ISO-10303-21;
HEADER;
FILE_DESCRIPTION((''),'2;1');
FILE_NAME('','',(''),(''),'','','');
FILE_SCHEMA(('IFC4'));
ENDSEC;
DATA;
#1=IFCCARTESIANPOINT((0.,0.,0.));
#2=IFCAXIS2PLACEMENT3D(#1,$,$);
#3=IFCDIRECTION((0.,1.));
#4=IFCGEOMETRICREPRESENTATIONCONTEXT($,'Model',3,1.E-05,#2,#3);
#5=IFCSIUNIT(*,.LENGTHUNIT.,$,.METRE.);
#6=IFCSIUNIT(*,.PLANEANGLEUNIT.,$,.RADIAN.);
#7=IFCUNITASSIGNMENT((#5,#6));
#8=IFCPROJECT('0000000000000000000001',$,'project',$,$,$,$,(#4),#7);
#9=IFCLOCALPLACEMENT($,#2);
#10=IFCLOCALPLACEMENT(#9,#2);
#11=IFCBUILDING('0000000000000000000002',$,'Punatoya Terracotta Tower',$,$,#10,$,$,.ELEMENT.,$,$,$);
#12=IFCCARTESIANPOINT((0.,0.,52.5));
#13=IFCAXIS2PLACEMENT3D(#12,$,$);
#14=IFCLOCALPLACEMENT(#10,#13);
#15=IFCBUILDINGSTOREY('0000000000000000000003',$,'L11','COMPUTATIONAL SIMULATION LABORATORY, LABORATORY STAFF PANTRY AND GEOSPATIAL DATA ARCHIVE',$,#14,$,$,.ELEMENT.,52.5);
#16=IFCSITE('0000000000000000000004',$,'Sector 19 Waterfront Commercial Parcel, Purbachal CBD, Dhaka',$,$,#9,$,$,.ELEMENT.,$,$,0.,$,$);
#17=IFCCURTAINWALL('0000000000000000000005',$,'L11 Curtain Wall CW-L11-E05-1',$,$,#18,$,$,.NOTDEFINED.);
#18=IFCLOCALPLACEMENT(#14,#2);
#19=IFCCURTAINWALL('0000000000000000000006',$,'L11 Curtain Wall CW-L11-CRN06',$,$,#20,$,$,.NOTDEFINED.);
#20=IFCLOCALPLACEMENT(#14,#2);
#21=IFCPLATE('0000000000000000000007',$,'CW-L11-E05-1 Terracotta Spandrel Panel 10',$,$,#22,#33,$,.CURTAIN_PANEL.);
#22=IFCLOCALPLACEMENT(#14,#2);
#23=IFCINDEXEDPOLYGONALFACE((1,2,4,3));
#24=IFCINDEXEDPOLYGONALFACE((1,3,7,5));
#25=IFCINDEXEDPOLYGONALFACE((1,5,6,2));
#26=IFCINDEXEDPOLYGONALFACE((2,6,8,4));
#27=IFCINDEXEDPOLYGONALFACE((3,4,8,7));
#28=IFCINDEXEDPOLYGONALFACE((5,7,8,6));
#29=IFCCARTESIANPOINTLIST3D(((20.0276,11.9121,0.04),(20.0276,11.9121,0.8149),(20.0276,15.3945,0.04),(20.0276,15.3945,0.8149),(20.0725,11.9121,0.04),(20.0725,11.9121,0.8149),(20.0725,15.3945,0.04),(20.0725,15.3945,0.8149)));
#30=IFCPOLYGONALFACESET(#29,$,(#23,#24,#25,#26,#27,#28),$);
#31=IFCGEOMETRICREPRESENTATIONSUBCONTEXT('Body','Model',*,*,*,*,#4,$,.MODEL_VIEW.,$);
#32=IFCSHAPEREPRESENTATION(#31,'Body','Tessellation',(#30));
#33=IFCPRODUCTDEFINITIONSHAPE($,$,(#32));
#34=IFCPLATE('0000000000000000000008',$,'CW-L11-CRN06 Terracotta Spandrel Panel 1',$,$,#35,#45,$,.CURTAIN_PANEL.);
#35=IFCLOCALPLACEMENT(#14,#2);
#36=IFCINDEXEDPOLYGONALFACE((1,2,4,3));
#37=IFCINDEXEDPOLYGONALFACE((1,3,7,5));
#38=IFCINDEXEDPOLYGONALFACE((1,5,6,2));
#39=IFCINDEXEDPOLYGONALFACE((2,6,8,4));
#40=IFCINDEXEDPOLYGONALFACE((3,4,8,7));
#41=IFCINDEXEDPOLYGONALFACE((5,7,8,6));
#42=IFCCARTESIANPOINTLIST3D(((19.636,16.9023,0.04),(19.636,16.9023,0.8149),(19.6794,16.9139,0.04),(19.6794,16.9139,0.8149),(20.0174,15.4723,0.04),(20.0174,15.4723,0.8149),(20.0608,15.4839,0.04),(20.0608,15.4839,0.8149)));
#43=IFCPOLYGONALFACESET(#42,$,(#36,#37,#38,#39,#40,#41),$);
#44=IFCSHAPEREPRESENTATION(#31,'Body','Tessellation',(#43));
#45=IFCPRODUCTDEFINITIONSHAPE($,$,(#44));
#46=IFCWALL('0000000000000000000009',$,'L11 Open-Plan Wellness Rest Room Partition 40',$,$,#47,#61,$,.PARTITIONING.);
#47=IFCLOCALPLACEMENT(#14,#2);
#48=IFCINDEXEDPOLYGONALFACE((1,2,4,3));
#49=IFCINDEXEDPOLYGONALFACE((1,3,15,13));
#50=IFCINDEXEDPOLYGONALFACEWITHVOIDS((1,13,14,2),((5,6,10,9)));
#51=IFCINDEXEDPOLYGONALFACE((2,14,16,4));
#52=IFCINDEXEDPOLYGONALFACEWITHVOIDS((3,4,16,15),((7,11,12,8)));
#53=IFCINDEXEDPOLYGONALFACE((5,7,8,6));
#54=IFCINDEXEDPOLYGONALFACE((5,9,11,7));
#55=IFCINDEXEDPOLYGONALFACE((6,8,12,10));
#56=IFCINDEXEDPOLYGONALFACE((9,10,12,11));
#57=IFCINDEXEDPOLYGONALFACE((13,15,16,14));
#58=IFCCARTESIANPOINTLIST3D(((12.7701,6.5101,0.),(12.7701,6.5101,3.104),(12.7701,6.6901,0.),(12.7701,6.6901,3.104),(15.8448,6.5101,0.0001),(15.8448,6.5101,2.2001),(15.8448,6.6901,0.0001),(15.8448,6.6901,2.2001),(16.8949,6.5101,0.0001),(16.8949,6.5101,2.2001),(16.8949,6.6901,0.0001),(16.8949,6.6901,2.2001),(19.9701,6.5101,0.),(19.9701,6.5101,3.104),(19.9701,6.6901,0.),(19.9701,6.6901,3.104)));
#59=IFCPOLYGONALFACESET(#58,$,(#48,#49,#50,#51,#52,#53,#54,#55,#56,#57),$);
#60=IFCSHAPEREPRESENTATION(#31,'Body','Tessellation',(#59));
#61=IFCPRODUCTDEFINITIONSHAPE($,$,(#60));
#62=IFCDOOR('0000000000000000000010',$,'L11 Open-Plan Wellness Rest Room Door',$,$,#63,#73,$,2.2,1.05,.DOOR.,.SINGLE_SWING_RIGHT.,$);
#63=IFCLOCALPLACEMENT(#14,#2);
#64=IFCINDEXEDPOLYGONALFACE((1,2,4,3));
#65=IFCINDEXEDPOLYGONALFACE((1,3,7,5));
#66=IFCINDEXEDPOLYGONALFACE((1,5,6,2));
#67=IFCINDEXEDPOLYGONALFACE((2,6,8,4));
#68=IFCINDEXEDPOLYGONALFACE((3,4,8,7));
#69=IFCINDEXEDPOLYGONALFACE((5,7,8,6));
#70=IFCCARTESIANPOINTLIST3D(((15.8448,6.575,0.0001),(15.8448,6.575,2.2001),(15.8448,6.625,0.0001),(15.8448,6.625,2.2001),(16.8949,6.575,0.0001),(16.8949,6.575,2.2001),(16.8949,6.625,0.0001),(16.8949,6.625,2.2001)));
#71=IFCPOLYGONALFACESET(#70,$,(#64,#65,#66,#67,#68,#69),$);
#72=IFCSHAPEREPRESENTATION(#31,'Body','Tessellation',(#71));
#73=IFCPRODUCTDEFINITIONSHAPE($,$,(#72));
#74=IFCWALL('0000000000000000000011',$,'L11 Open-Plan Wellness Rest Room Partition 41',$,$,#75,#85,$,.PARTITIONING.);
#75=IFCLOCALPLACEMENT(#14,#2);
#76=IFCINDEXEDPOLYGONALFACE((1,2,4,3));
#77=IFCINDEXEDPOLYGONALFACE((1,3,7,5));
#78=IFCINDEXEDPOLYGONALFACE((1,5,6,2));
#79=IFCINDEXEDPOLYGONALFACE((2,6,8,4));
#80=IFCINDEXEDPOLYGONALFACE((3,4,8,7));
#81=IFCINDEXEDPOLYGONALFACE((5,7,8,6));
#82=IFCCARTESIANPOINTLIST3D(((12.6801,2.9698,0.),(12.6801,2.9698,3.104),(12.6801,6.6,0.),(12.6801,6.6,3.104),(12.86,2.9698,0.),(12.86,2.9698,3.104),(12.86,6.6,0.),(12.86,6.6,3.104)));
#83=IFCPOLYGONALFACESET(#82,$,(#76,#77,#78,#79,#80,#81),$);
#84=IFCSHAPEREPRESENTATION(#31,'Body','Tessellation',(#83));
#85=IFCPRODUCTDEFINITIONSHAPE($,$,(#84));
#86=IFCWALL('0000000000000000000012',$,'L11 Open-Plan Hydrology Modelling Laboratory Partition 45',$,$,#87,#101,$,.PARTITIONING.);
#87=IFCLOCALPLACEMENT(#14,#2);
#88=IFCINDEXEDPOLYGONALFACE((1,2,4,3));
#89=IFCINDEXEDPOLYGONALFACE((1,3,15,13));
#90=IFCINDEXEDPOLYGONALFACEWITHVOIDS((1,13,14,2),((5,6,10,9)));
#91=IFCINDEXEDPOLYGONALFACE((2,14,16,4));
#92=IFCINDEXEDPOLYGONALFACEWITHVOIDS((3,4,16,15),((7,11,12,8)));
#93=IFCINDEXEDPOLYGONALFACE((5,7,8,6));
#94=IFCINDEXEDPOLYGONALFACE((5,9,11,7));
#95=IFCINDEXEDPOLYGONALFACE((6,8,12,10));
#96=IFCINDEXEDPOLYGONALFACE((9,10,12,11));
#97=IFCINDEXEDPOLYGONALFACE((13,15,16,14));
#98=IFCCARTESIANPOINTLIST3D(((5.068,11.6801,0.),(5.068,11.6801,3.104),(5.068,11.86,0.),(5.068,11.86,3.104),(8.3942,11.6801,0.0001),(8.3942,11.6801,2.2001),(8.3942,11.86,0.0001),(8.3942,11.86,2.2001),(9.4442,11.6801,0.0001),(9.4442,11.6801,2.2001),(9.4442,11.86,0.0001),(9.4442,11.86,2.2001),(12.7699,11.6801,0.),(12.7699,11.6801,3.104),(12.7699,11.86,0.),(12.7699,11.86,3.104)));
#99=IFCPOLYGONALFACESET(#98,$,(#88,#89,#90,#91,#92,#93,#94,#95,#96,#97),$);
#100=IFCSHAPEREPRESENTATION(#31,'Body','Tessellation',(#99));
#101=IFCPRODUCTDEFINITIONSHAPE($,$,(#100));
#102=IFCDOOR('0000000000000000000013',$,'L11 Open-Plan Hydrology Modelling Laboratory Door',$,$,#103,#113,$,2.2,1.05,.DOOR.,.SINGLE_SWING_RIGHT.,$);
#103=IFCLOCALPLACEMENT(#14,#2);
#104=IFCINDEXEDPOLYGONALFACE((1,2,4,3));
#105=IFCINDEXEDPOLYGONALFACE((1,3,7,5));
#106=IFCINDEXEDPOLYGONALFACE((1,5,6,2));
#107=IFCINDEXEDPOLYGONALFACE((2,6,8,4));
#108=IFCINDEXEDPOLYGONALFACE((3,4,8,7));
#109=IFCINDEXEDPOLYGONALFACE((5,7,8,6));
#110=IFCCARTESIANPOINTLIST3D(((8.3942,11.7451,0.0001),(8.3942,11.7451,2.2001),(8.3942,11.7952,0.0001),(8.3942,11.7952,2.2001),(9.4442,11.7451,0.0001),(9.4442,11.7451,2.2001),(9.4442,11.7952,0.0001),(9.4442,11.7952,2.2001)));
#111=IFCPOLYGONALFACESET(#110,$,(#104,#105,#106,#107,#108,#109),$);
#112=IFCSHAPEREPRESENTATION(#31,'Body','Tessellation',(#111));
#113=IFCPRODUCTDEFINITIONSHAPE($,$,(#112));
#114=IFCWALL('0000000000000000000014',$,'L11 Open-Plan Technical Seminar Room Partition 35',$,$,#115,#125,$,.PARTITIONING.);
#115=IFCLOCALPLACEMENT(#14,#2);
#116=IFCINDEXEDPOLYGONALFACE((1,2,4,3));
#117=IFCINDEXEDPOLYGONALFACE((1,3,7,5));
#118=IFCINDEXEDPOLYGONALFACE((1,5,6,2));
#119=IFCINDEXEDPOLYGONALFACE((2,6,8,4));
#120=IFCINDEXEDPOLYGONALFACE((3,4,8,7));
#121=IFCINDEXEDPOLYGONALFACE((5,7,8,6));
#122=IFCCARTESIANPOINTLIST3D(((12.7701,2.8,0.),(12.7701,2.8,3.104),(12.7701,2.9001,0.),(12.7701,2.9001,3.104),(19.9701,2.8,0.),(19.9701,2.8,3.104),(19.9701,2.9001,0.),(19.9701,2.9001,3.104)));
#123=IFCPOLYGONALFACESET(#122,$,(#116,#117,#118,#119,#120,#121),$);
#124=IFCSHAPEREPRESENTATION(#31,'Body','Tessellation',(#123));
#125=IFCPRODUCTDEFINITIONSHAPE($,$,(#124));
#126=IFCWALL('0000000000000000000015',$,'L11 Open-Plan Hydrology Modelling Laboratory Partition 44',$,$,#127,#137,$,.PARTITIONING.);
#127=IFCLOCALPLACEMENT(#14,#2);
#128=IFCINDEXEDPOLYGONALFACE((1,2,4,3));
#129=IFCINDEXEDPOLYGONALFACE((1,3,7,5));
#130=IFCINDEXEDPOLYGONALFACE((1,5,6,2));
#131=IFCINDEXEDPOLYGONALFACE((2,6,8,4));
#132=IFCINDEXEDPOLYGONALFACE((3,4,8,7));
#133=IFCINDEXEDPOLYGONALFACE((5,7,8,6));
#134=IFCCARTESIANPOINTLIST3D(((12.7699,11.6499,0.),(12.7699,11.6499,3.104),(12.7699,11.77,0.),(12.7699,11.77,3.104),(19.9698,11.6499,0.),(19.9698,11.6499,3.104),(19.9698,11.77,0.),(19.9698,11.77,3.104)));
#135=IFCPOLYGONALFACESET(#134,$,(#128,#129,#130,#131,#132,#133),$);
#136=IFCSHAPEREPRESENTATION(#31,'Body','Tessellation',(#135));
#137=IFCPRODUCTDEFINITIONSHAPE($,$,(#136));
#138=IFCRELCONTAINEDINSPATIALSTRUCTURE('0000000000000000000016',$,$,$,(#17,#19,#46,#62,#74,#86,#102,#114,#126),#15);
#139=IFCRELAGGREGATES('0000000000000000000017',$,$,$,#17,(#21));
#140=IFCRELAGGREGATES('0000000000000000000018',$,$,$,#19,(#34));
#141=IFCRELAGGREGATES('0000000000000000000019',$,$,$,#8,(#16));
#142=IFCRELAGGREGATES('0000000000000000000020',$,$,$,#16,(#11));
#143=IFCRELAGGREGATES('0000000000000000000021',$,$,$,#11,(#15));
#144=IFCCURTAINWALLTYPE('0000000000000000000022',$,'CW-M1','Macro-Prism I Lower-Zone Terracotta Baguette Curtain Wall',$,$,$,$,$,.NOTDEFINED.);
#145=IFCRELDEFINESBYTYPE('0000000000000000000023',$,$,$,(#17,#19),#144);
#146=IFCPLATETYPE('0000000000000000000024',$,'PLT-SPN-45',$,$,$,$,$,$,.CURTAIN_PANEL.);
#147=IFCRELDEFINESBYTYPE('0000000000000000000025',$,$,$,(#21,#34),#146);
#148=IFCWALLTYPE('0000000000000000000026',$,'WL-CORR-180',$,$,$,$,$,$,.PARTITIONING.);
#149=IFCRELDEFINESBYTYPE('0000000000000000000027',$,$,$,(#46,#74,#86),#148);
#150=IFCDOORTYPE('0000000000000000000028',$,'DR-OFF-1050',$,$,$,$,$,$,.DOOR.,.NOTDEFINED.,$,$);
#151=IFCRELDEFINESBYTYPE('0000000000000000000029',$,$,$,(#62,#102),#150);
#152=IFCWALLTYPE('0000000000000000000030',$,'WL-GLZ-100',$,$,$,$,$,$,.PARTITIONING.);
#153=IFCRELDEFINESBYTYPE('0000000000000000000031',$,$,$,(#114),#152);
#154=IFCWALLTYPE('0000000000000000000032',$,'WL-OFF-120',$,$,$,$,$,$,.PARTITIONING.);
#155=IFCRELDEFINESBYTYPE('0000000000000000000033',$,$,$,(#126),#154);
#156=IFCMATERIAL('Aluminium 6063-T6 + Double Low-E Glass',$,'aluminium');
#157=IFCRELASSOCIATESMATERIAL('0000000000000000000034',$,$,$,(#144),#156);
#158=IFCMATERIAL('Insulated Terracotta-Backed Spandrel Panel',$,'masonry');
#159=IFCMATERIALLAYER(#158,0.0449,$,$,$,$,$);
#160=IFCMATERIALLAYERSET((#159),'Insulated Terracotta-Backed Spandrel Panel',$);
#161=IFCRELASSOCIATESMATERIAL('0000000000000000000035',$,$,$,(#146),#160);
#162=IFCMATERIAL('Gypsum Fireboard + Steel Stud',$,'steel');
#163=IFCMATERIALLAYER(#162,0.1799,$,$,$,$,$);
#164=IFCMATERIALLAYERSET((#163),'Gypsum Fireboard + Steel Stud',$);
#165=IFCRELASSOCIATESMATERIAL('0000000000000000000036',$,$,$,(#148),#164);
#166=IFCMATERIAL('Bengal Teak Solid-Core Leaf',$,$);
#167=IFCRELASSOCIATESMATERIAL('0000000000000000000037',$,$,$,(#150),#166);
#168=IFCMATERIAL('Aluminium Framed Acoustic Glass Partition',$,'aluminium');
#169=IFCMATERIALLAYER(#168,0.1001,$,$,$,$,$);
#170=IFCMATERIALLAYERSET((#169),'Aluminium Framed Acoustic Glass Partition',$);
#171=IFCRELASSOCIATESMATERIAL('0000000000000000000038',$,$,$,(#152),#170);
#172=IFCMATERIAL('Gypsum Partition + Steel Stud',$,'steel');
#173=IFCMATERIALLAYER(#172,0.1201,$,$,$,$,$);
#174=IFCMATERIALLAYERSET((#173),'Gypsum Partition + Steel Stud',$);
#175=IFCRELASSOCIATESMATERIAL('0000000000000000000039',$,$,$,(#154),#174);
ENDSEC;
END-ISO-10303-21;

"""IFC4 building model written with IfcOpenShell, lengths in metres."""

from ifc_helpers import new_model, si_unit, direction, frame, frame_2d, origin, origin_2d, place, context, subcontext, project, spatial, rectangle, extrude, material, layer, layer_set, type_object, element, fill, aggregate, save


model = new_model("IFC4")

# Units and contexts
model_context = context("Model", 3, precision=1e-05, world=origin(), true_north=direction((0.0, 1.0)))
body_context = subcontext(model_context, "Body", "Model", "MODEL_VIEW")
ifc_project = project(units=[si_unit("LENGTHUNIT", "METRE"), si_unit("PLANEANGLEUNIT", "RADIAN")], contexts=[model_context])

# Site, building, storey
site_placement = place(None, origin())
site = spatial("IfcSite", under=ifc_project, at=site_placement, Name="Sector 19 Waterfront Commercial Parcel, Purbachal CBD, Dhaka", CompositionType="ELEMENT", RefElevation=0.0)
building_placement = place(site_placement, origin())
building = spatial("IfcBuilding", under=site, at=building_placement, Name="Punatoya Terracotta Tower", CompositionType="ELEMENT")
storey_placement = place(building_placement, frame((0.0, 0.0, 52.5)))
storey = spatial("IfcBuildingStorey", under=building, at=storey_placement, Name="L11", Description="COMPUTATIONAL SIMULATION LABORATORY, LABORATORY STAFF PANTRY AND GEOSPATIAL DATA ARCHIVE", CompositionType="ELEMENT", Elevation=52.5)

# Curtain walls
ifc_material_1 = material(Name="Aluminium 6063-T6 + Double Low-E Glass", Category="aluminium")
curtain_wall_type = type_object("IfcCurtainWallType", Name="CW-M1", Description="Macro-Prism I Lower-Zone Terracotta Baguette Curtain Wall", PredefinedType="NOTDEFINED", material=ifc_material_1)
curtain_wall_1_placement = place(storey_placement, origin())
curtain_wall_1 = element("IfcCurtainWall", 1, at=curtain_wall_1_placement, inside=storey, type_object=curtain_wall_type, Name="L11 Curtain Wall CW-L11-E05-1", PredefinedType="NOTDEFINED")
curtain_wall_2_placement = place(storey_placement, origin())
curtain_wall_2 = element("IfcCurtainWall", 2, at=curtain_wall_2_placement, inside=storey, type_object=curtain_wall_type, Name="L11 Curtain Wall CW-L11-CRN06", PredefinedType="NOTDEFINED")

# Plates
ifc_material_2 = material(Name="Insulated Terracotta-Backed Spandrel Panel", Category="masonry")
ifc_layer_1 = layer(ifc_material_2, 0.0449)
ifc_layer_set_1 = layer_set([ifc_layer_1], Name="Insulated Terracotta-Backed Spandrel Panel")
plate_type_1 = type_object("IfcPlateType", Name="PLT-SPN-45", PredefinedType="CURTAIN_PANEL", material=ifc_layer_set_1)
plate_1_placement = place(storey_placement, frame((20.05, 13.6533, 0.04), z_axis=(0.0, 0.0, 1.0), x_axis=(0.0, 1.0, 0.0)))
plate_1 = element("IfcPlate", 3, at=plate_1_placement, type_object=plate_type_1, Name="CW-L11-E05-1 Terracotta Spandrel Panel 10", PredefinedType="CURTAIN_PANEL", context=body_context, shape_type="SweptSolid", body=[
    extrude(rectangle(XDim=3.4824, YDim=0.0449, at=origin_2d()), origin(), (0.0, 0.0, 1.0), 0.7749),
])
aggregate(curtain_wall_1, [plate_1])
plate_2_placement = place(storey_placement, frame((19.8484, 16.1931, 0.04), z_axis=(0.0, 0.0, 1.0), x_axis=(-0.257742, 0.966214, 0.0)))
plate_2 = element("IfcPlate", 4, at=plate_2_placement, type_object=plate_type_1, Name="CW-L11-CRN06 Terracotta Spandrel Panel 1", PredefinedType="CURTAIN_PANEL", context=body_context, shape_type="SweptSolid", body=[
    extrude(rectangle(XDim=1.48, YDim=0.0449, at=origin_2d()), origin(), (0.0, 0.0, 1.0), 0.7749),
])
aggregate(curtain_wall_2, [plate_2])

# Wall, opening, door
ifc_material_3 = material(Name="Gypsum Fireboard + Steel Stud", Category="steel")
ifc_layer_2 = layer(ifc_material_3, 0.1799)
ifc_layer_set_2 = layer_set([ifc_layer_2], Name="Gypsum Fireboard + Steel Stud")
wall_type_1 = type_object("IfcWallType", Name="WL-CORR-180", PredefinedType="PARTITIONING", material=ifc_layer_set_2)
wall_1_placement = place(storey_placement, frame((12.77, 6.6001, 0.0), z_axis=(0.0, 0.0, 1.0), x_axis=(1.0, 0.0, 0.0)))
wall_1 = element("IfcWall", 5, at=wall_1_placement, inside=storey, type_object=wall_type_1, Name="L11 Open-Plan Wellness Rest Room Partition 40", PredefinedType="PARTITIONING", context=body_context, shape_type="SweptSolid", body=[
    extrude(rectangle(XDim=7.2, YDim=0.1799, at=frame_2d((3.6001, 0.0))), origin(), (0.0, 0.0, 1.0), 3.104),
])
opening_1_placement = place(wall_1_placement, frame((3.075, 0.0, 0.0)))
opening_1 = element("IfcOpeningElement", 6, at=opening_1_placement, cuts=wall_1, PredefinedType="OPENING", context=body_context, shape_type="SweptSolid", body=[
    extrude(rectangle(XDim=1.05, YDim=2.2, at=frame_2d((0.5249, 1.1001))), frame((0.0, 0.0999, 0.0), z_axis=(0.0, -1.0, 0.0), x_axis=(1.0, 0.0, 0.0)), (0.0, 0.0, 1.0), 0.2),
])
ifc_material_4 = material(Name="Bengal Teak Solid-Core Leaf")
door_type = type_object("IfcDoorType", Name="DR-OFF-1050", OperationType="NOTDEFINED", PredefinedType="DOOR", material=ifc_material_4)
door_1_placement = place(opening_1_placement, origin())
door_1 = element("IfcDoor", 7, at=door_1_placement, inside=storey, type_object=door_type, Name="L11 Open-Plan Wellness Rest Room Door", OperationType="SINGLE_SWING_RIGHT", OverallHeight=2.2, OverallWidth=1.05, PredefinedType="DOOR", context=body_context, shape_type="SweptSolid", body=[
    extrude(rectangle(XDim=1.05, YDim=2.2, at=frame_2d((0.5249, 1.1001))), frame((0.0, 0.0249, 0.0), z_axis=(0.0, -1.0, 0.0), x_axis=(1.0, 0.0, 0.0)), (0.0, 0.0, 1.0), 0.05),
])
fill(opening_1, door_1)

# Wall
wall_2_placement = place(storey_placement, frame((12.77, 2.97, 0.0), z_axis=(0.0, 0.0, 1.0), x_axis=(0.0, 1.0, 0.0)))
element("IfcWall", 8, at=wall_2_placement, inside=storey, type_object=wall_type_1, Name="L11 Open-Plan Wellness Rest Room Partition 41", PredefinedType="PARTITIONING", context=body_context, shape_type="SweptSolid", body=[
    extrude(rectangle(XDim=3.6301, YDim=0.1799, at=frame_2d((1.8149, 0.0))), origin(), (0.0, 0.0, 1.0), 3.104),
])

# Wall, opening, door
wall_3_placement = place(storey_placement, frame((12.77, 11.77, 0.0), z_axis=(0.0, 0.0, 1.0), x_axis=(-1.0, 0.0, 0.0)))
wall_3 = element("IfcWall", 9, at=wall_3_placement, inside=storey, type_object=wall_type_1, Name="L11 Open-Plan Hydrology Modelling Laboratory Partition 45", PredefinedType="PARTITIONING", context=body_context, shape_type="SweptSolid", body=[
    extrude(rectangle(XDim=7.7019, YDim=0.1799, at=frame_2d((3.8511, 0.0))), origin(), (0.0, 0.0, 1.0), 3.104),
])
opening_2_placement = place(wall_3_placement, frame((3.3259, 0.0, 0.0)))
opening_2 = element("IfcOpeningElement", 10, at=opening_2_placement, cuts=wall_3, PredefinedType="OPENING", context=body_context, shape_type="SweptSolid", body=[
    extrude(rectangle(XDim=1.05, YDim=2.2, at=frame_2d((0.5249, 1.1001))), frame((0.0, 0.0999, 0.0), z_axis=(0.0, -1.0, 0.0), x_axis=(1.0, 0.0, 0.0)), (0.0, 0.0, 1.0), 0.2),
])
door_2_placement = place(opening_2_placement, origin())
door_2 = element("IfcDoor", 11, at=door_2_placement, inside=storey, type_object=door_type, Name="L11 Open-Plan Hydrology Modelling Laboratory Door", OperationType="SINGLE_SWING_RIGHT", OverallHeight=2.2, OverallWidth=1.05, PredefinedType="DOOR", context=body_context, shape_type="SweptSolid", body=[
    extrude(rectangle(XDim=1.05, YDim=2.2, at=frame_2d((0.5249, 1.1001))), frame((0.0, 0.0249, 0.0), z_axis=(0.0, -1.0, 0.0), x_axis=(1.0, 0.0, 0.0)), (0.0, 0.0, 1.0), 0.05),
])
fill(opening_2, door_2)

# Walls
ifc_material_5 = material(Name="Aluminium Framed Acoustic Glass Partition", Category="aluminium")
ifc_layer_3 = layer(ifc_material_5, 0.1001)
ifc_layer_set_3 = layer_set([ifc_layer_3], Name="Aluminium Framed Acoustic Glass Partition")
wall_type_2 = type_object("IfcWallType", Name="WL-GLZ-100", PredefinedType="PARTITIONING", material=ifc_layer_set_3)
wall_4_placement = place(storey_placement, frame((12.77, 2.8501, 0.0), z_axis=(0.0, 0.0, 1.0), x_axis=(1.0, 0.0, 0.0)))
element("IfcWall", 12, at=wall_4_placement, inside=storey, type_object=wall_type_2, Name="L11 Open-Plan Technical Seminar Room Partition 35", PredefinedType="PARTITIONING", context=body_context, shape_type="SweptSolid", body=[
    extrude(rectangle(XDim=7.2, YDim=0.1001, at=frame_2d((3.6001, 0.0))), origin(), (0.0, 0.0, 1.0), 3.104),
])
ifc_material_6 = material(Name="Gypsum Partition + Steel Stud", Category="steel")
ifc_layer_4 = layer(ifc_material_6, 0.1201)
ifc_layer_set_4 = layer_set([ifc_layer_4], Name="Gypsum Partition + Steel Stud")
wall_type_3 = type_object("IfcWallType", Name="WL-OFF-120", PredefinedType="PARTITIONING", material=ifc_layer_set_4)
wall_5_placement = place(storey_placement, frame((19.97, 11.71, 0.0), z_axis=(0.0, 0.0, 1.0), x_axis=(-1.0, 0.0, 0.0)))
element("IfcWall", 13, at=wall_5_placement, inside=storey, type_object=wall_type_3, Name="L11 Open-Plan Hydrology Modelling Laboratory Partition 44", PredefinedType="PARTITIONING", context=body_context, shape_type="SweptSolid", body=[
    extrude(rectangle(XDim=7.2, YDim=0.1201, at=frame_2d((3.6001, 0.0))), origin(), (0.0, 0.0, 1.0), 3.104),
])

save(model, "model.ifc")
